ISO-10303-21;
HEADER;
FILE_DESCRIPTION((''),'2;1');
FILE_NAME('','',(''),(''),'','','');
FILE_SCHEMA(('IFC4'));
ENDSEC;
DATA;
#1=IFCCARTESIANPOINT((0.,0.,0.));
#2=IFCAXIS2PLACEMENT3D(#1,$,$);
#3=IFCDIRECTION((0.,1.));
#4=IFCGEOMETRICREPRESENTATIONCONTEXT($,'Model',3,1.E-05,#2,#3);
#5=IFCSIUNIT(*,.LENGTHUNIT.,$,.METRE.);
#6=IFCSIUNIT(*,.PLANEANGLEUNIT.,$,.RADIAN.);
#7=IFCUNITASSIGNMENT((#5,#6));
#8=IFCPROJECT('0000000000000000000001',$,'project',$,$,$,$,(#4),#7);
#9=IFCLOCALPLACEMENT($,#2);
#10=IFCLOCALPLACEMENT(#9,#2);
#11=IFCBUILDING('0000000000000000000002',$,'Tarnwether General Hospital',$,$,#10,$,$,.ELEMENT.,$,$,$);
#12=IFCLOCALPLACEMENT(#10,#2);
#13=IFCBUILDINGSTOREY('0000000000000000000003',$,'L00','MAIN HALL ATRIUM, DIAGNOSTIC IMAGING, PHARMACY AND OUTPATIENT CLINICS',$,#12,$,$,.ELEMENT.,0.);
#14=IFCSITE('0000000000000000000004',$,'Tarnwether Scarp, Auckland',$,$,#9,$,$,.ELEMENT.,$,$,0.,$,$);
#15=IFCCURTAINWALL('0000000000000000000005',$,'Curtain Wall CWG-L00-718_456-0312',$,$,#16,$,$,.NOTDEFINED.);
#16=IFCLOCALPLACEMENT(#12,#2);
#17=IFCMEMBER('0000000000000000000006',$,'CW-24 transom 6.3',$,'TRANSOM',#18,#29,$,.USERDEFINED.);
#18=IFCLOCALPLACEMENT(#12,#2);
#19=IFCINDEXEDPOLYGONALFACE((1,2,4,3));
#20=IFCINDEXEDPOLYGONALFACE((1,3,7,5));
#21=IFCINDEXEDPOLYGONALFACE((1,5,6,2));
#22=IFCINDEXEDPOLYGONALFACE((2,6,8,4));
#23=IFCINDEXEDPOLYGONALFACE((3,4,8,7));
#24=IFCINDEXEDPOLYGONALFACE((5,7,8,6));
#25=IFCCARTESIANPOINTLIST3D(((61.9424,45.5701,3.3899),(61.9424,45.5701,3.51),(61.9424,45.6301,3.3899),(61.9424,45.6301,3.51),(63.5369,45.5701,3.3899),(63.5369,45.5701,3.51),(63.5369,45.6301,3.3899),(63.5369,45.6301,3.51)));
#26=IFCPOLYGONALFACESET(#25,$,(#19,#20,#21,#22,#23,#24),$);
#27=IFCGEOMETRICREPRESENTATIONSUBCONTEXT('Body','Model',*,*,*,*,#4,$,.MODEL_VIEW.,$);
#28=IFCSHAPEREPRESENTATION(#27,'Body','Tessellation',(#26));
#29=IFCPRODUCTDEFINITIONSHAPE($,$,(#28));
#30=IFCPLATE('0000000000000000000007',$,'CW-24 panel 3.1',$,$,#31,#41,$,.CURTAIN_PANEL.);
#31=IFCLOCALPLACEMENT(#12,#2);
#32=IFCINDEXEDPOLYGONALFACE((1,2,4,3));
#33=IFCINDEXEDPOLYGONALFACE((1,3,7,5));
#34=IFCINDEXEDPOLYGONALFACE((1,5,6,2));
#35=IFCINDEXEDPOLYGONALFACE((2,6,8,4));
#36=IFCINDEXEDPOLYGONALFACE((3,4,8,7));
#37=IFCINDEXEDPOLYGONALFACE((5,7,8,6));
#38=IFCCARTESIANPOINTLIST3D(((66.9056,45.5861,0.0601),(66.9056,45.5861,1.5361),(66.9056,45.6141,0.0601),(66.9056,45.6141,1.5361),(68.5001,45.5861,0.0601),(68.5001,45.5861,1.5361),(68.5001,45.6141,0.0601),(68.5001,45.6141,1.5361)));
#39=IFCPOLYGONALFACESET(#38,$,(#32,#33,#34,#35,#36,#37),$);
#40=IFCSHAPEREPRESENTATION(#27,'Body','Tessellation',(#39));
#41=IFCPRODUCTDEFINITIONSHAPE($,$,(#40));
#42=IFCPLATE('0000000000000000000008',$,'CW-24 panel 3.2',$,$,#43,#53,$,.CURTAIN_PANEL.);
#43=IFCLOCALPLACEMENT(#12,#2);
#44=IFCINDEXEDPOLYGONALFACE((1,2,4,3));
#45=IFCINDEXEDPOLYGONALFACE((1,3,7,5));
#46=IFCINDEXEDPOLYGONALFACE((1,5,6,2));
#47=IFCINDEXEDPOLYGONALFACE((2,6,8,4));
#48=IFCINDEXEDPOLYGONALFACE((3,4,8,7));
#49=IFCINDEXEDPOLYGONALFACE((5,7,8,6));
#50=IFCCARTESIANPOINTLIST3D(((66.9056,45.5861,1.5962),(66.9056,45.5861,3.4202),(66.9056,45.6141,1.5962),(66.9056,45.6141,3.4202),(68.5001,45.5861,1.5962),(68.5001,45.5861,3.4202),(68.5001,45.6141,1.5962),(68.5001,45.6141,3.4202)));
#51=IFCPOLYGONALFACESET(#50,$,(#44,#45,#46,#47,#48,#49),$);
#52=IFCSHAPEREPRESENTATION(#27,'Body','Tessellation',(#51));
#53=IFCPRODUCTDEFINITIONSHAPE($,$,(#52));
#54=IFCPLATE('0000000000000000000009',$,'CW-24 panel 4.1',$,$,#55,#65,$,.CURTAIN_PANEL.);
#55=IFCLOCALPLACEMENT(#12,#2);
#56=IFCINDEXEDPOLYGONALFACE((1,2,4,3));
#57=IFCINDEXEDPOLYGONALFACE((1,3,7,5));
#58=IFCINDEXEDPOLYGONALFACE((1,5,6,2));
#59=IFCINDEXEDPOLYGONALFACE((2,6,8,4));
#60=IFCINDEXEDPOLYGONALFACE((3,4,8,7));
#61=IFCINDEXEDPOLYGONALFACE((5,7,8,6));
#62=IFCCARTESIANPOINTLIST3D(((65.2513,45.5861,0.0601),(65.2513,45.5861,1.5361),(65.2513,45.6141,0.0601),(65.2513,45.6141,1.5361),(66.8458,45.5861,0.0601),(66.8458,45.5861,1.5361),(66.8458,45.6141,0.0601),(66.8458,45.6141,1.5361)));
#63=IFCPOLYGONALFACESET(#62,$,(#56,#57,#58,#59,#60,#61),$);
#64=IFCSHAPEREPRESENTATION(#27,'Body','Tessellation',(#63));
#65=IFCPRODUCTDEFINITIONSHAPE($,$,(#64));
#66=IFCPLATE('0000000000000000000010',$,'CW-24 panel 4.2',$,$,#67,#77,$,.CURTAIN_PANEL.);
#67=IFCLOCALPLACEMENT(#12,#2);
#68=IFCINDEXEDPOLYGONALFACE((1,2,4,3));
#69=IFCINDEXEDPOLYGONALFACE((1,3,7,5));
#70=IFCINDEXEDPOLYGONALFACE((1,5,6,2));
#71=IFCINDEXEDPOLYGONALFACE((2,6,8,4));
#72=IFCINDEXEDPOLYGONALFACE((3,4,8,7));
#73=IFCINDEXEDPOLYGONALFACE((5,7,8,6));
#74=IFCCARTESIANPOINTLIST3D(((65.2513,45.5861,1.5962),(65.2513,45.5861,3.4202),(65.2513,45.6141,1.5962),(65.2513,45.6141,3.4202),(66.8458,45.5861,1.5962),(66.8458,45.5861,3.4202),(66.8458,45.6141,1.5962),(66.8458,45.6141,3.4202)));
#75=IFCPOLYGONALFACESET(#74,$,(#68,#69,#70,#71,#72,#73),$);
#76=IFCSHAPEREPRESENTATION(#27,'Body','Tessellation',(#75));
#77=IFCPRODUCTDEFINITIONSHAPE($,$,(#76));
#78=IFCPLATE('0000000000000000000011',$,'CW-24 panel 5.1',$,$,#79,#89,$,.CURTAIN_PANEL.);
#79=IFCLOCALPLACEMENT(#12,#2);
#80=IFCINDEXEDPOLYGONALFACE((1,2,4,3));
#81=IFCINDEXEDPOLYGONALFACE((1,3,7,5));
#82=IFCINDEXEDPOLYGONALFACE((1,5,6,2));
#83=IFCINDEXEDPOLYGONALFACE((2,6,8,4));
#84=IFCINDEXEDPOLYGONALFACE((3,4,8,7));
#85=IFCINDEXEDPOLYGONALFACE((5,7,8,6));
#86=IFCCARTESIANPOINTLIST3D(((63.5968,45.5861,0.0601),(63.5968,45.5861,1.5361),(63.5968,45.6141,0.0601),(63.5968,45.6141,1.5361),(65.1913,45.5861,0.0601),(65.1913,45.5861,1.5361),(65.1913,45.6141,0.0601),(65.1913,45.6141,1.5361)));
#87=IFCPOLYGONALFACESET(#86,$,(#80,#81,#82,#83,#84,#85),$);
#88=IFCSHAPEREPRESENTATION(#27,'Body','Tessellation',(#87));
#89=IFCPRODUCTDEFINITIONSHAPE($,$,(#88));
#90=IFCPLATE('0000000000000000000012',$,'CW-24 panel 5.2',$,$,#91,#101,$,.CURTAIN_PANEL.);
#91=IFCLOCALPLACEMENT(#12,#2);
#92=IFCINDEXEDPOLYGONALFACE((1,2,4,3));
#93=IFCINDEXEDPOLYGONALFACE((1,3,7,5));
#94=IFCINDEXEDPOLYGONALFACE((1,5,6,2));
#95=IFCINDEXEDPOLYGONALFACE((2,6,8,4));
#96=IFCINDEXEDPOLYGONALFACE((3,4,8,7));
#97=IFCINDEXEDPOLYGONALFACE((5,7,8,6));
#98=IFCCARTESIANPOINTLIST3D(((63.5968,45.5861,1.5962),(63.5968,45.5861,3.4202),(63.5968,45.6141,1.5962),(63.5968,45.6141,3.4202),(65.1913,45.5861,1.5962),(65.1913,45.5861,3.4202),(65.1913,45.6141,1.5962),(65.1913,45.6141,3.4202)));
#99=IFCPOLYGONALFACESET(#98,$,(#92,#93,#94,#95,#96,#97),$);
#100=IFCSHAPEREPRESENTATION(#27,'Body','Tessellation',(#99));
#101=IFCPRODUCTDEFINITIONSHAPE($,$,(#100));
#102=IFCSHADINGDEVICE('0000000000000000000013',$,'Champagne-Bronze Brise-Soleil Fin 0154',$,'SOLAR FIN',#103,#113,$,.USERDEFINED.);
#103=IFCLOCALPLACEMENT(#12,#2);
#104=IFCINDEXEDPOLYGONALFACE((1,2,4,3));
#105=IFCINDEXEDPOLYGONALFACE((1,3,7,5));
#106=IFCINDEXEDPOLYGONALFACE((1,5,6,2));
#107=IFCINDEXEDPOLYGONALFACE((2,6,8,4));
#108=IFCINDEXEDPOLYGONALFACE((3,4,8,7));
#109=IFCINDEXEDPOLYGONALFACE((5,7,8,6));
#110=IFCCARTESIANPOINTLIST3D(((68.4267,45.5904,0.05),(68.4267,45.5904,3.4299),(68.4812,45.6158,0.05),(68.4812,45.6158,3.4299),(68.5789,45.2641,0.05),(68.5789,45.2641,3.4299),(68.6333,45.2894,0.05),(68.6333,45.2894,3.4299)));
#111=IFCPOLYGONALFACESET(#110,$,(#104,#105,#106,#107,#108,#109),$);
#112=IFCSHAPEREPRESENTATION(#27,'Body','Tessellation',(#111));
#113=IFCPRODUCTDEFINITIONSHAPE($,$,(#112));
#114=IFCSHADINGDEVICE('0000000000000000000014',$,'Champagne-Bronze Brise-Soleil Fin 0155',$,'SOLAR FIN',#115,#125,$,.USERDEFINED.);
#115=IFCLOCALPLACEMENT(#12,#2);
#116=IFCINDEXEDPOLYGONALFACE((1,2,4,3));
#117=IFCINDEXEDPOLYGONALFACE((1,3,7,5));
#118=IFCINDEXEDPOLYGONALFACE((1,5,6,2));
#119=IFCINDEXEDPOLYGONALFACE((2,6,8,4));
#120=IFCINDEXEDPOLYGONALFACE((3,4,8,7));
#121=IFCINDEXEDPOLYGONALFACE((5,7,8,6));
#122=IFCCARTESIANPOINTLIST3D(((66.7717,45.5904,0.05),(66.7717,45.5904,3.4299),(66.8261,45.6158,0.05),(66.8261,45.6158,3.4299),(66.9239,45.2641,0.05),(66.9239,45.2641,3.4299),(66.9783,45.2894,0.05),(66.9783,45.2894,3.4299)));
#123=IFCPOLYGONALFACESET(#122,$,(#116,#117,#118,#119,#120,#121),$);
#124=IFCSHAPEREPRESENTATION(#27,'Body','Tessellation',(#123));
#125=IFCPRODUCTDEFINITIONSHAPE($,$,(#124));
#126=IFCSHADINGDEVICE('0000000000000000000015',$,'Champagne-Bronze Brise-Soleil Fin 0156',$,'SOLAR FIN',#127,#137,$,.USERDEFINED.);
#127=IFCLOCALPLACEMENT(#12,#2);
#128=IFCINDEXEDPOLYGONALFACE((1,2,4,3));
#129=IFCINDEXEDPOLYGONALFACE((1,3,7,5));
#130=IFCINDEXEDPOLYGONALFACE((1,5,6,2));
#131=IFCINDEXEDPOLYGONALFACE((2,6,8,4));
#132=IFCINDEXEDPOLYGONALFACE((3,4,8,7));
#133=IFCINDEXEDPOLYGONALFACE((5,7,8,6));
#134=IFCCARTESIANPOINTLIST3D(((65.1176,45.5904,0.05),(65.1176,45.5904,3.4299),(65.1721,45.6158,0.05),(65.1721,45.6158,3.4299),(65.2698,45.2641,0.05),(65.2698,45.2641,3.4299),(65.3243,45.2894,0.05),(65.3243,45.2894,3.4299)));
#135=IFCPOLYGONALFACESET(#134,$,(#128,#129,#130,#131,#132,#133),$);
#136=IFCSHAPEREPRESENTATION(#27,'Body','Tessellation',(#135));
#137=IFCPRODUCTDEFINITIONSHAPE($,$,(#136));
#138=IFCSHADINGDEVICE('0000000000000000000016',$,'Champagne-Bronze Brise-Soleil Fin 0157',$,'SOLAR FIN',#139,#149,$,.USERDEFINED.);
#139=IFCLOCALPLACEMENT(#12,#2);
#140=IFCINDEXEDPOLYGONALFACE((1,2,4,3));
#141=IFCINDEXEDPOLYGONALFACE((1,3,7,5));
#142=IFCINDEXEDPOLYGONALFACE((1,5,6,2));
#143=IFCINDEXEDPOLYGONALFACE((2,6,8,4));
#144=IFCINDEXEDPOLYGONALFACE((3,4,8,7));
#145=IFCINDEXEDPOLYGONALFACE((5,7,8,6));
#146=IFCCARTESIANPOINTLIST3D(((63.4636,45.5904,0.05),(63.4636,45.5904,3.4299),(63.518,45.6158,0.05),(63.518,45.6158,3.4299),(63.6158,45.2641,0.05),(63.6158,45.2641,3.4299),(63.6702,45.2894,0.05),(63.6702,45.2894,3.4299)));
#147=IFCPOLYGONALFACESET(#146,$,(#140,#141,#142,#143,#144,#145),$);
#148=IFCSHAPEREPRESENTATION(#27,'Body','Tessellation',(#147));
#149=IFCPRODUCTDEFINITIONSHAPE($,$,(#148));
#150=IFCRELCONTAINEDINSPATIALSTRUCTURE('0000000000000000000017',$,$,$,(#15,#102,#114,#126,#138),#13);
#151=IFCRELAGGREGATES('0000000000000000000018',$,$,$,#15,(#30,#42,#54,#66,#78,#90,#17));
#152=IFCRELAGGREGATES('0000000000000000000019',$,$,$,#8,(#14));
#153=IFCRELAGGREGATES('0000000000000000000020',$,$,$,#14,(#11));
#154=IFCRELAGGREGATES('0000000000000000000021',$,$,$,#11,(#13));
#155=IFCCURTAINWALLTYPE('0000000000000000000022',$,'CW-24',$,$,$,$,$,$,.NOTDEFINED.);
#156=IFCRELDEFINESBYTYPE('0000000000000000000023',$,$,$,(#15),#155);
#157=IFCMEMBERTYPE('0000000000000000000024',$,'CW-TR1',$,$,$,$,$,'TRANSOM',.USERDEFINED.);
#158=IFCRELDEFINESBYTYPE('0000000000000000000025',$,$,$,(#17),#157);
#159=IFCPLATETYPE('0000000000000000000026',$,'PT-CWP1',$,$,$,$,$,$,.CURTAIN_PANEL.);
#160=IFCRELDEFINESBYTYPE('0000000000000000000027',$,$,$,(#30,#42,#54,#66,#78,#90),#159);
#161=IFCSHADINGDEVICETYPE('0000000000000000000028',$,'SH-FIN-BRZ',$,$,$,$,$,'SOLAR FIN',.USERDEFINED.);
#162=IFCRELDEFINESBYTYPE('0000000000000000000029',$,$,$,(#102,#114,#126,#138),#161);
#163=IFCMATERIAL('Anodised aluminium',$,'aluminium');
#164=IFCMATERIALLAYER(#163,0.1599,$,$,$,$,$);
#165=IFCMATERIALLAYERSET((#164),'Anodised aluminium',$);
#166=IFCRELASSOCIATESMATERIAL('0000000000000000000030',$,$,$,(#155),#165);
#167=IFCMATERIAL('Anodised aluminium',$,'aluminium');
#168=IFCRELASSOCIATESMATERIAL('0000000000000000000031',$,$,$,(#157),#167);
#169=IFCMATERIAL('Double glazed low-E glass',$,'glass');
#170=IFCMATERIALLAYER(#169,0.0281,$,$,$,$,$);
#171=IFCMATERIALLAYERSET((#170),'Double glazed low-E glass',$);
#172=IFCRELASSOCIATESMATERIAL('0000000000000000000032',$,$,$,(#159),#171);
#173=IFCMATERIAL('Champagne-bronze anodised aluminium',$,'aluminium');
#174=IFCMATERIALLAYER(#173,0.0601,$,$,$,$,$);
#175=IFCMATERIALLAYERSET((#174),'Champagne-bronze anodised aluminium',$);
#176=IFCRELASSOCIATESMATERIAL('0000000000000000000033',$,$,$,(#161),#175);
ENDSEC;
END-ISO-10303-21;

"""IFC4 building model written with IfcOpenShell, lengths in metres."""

from ifc_helpers import new_model, si_unit, direction, frame, origin, origin_2d, place, context, subcontext, project, spatial, rectangle, extrude, material, layer, layer_set, material_profile, profile_set, type_object, element, aggregate, save


model = new_model("IFC4")

# Units and contexts
model_context = context("Model", 3, precision=1e-05, world=origin(), true_north=direction((0.0, 1.0)))
body_context = subcontext(model_context, "Body", "Model", "MODEL_VIEW")
ifc_project = project(units=[si_unit("LENGTHUNIT", "METRE"), si_unit("PLANEANGLEUNIT", "RADIAN")], contexts=[model_context])

# Site, building, storey
site_placement = place(None, origin())
site = spatial("IfcSite", under=ifc_project, at=site_placement, Name="Tarnwether Scarp, Auckland", CompositionType="ELEMENT", RefElevation=0.0)
building_placement = place(site_placement, origin())
building = spatial("IfcBuilding", under=site, at=building_placement, Name="Tarnwether General Hospital", CompositionType="ELEMENT")
storey_placement = place(building_placement, origin())
storey = spatial("IfcBuildingStorey", under=building, at=storey_placement, Name="L00", Description="MAIN HALL ATRIUM, DIAGNOSTIC IMAGING, PHARMACY AND OUTPATIENT CLINICS", CompositionType="ELEMENT", Elevation=0.0)

# Curtain wall, member, plates
ifc_material_1 = material(Name="Anodised aluminium", Category="aluminium")
ifc_layer_1 = layer(ifc_material_1, 0.1599)
ifc_layer_set_1 = layer_set([ifc_layer_1], Name="Anodised aluminium")
curtain_wall_type = type_object("IfcCurtainWallType", Name="CW-24", PredefinedType="NOTDEFINED", material=ifc_layer_set_1)
curtain_wall_placement = place(storey_placement, origin())
curtain_wall = element("IfcCurtainWall", 1, at=curtain_wall_placement, inside=storey, type_object=curtain_wall_type, Name="Curtain Wall CWG-L00-718_456-0312", PredefinedType="NOTDEFINED")
ifc_material_2 = material(Name="Anodised aluminium", Category="aluminium")
ifc_material_profile_1 = material_profile(ifc_material_2, rectangle(XDim=0.0601, YDim=0.1201, at=origin_2d()), Name="ALU-TRN-60x120")
ifc_profile_set_1 = profile_set([ifc_material_profile_1], Name="Anodised aluminium")
member_type_1 = type_object("IfcMemberType", Name="CW-TR1", ElementType="TRANSOM", PredefinedType="USERDEFINED", material=ifc_profile_set_1)
member_1_placement = place(storey_placement, frame((63.5369, 45.6001, 3.45), z_axis=(-1.0, 0.0, 0.0), x_axis=(0.0, -1.0, 0.0)))
member_1 = element("IfcMember", 2, at=member_1_placement, type_object=member_type_1, Name="CW-24 transom 6.3", ObjectType="TRANSOM", PredefinedType="USERDEFINED", context=body_context, shape_type="SweptSolid", body=[
    extrude(rectangle(XDim=0.0601, YDim=0.1201, at=origin_2d()), origin(), (0.0, 0.0, 1.0), 1.5945),
])
ifc_material_3 = material(Name="Double glazed low-E glass", Category="glass")
ifc_layer_2 = layer(ifc_material_3, 0.0281)
ifc_layer_set_2 = layer_set([ifc_layer_2], Name="Double glazed low-E glass")
plate_type = type_object("IfcPlateType", Name="PT-CWP1", PredefinedType="CURTAIN_PANEL", material=ifc_layer_set_2)
plate_1_placement = place(storey_placement, frame((67.7029, 45.6001, 0.0601), z_axis=(0.0, 0.0, 1.0), x_axis=(-1.0, 0.0, 0.0)))
plate_1 = element("IfcPlate", 3, at=plate_1_placement, type_object=plate_type, Name="CW-24 panel 3.1", PredefinedType="CURTAIN_PANEL", context=body_context, shape_type="SweptSolid", body=[
    extrude(rectangle(XDim=1.5945, YDim=0.0281, at=origin_2d()), origin(), (0.0, 0.0, 1.0), 1.4761),
])
plate_2_placement = place(storey_placement, frame((67.7029, 45.6001, 1.5962), z_axis=(0.0, 0.0, 1.0), x_axis=(-1.0, 0.0, 0.0)))
plate_2 = element("IfcPlate", 4, at=plate_2_placement, type_object=plate_type, Name="CW-24 panel 3.2", PredefinedType="CURTAIN_PANEL", context=body_context, shape_type="SweptSolid", body=[
    extrude(rectangle(XDim=1.5945, YDim=0.0281, at=origin_2d()), origin(), (0.0, 0.0, 1.0), 1.824),
])
plate_3_placement = place(storey_placement, frame((66.0486, 45.6001, 0.0601), z_axis=(0.0, 0.0, 1.0), x_axis=(-1.0, 0.0, 0.0)))
plate_3 = element("IfcPlate", 5, at=plate_3_placement, type_object=plate_type, Name="CW-24 panel 4.1", PredefinedType="CURTAIN_PANEL", context=body_context, shape_type="SweptSolid", body=[
    extrude(rectangle(XDim=1.5945, YDim=0.0281, at=origin_2d()), origin(), (0.0, 0.0, 1.0), 1.4761),
])
plate_4_placement = place(storey_placement, frame((66.0486, 45.6001, 1.5962), z_axis=(0.0, 0.0, 1.0), x_axis=(-1.0, 0.0, 0.0)))
plate_4 = element("IfcPlate", 6, at=plate_4_placement, type_object=plate_type, Name="CW-24 panel 4.2", PredefinedType="CURTAIN_PANEL", context=body_context, shape_type="SweptSolid", body=[
    extrude(rectangle(XDim=1.5945, YDim=0.0281, at=origin_2d()), origin(), (0.0, 0.0, 1.0), 1.824),
])
plate_5_placement = place(storey_placement, frame((64.394, 45.6001, 0.0601), z_axis=(0.0, 0.0, 1.0), x_axis=(-1.0, 0.0, 0.0)))
plate_5 = element("IfcPlate", 7, at=plate_5_placement, type_object=plate_type, Name="CW-24 panel 5.1", PredefinedType="CURTAIN_PANEL", context=body_context, shape_type="SweptSolid", body=[
    extrude(rectangle(XDim=1.5945, YDim=0.0281, at=origin_2d()), origin(), (0.0, 0.0, 1.0), 1.4761),
])
plate_6_placement = place(storey_placement, frame((64.394, 45.6001, 1.5962), z_axis=(0.0, 0.0, 1.0), x_axis=(-1.0, 0.0, 0.0)))
plate_6 = element("IfcPlate", 8, at=plate_6_placement, type_object=plate_type, Name="CW-24 panel 5.2", PredefinedType="CURTAIN_PANEL", context=body_context, shape_type="SweptSolid", body=[
    extrude(rectangle(XDim=1.5945, YDim=0.0281, at=origin_2d()), origin(), (0.0, 0.0, 1.0), 1.824),
])
aggregate(curtain_wall, [plate_1, plate_2, plate_3, plate_4, plate_5, plate_6, member_1])

# Shading devices
ifc_material_4 = material(Name="Champagne-bronze anodised aluminium", Category="aluminium")
ifc_layer_3 = layer(ifc_material_4, 0.0601)
ifc_layer_set_3 = layer_set([ifc_layer_3], Name="Champagne-bronze anodised aluminium")
shading_device_type = type_object("IfcShadingDeviceType", Name="SH-FIN-BRZ", ElementType="SOLAR FIN", PredefinedType="USERDEFINED", material=ifc_layer_set_3)
for number, where, z_axis, x_axis, name in (
    (9, (68.53, 45.4399, 0.05), (0.0, 0.0, 1.0), (-0.906308, -0.422618, 0.0), "Champagne-Bronze Brise-Soleil Fin 0154"),
    (10, (66.875, 45.4399, 0.05), (0.0, 0.0, 1.0), (-0.906308, -0.422618, 0.0), "Champagne-Bronze Brise-Soleil Fin 0155"),
    (11, (65.2209, 45.4399, 0.05), (0.0, 0.0, 1.0), (-0.906308, -0.422618, 0.0), "Champagne-Bronze Brise-Soleil Fin 0156"),
    (12, (63.5669, 45.4399, 0.05), (0.0, 0.0, 1.0), (-0.906308, -0.422618, 0.0), "Champagne-Bronze Brise-Soleil Fin 0157"),
):
    element("IfcShadingDevice", number, at=place(storey_placement, frame(where, z_axis=z_axis, x_axis=x_axis)), inside=storey, type_object=shading_device_type, Name=name, ObjectType="SOLAR FIN", PredefinedType="USERDEFINED", context=body_context, shape_type="SweptSolid", body=[
        extrude(rectangle(XDim=0.0601, YDim=0.3601, at=origin_2d()), origin(), (0.0, 0.0, 1.0), 3.3799),
    ])

save(model, "model.ifc")
